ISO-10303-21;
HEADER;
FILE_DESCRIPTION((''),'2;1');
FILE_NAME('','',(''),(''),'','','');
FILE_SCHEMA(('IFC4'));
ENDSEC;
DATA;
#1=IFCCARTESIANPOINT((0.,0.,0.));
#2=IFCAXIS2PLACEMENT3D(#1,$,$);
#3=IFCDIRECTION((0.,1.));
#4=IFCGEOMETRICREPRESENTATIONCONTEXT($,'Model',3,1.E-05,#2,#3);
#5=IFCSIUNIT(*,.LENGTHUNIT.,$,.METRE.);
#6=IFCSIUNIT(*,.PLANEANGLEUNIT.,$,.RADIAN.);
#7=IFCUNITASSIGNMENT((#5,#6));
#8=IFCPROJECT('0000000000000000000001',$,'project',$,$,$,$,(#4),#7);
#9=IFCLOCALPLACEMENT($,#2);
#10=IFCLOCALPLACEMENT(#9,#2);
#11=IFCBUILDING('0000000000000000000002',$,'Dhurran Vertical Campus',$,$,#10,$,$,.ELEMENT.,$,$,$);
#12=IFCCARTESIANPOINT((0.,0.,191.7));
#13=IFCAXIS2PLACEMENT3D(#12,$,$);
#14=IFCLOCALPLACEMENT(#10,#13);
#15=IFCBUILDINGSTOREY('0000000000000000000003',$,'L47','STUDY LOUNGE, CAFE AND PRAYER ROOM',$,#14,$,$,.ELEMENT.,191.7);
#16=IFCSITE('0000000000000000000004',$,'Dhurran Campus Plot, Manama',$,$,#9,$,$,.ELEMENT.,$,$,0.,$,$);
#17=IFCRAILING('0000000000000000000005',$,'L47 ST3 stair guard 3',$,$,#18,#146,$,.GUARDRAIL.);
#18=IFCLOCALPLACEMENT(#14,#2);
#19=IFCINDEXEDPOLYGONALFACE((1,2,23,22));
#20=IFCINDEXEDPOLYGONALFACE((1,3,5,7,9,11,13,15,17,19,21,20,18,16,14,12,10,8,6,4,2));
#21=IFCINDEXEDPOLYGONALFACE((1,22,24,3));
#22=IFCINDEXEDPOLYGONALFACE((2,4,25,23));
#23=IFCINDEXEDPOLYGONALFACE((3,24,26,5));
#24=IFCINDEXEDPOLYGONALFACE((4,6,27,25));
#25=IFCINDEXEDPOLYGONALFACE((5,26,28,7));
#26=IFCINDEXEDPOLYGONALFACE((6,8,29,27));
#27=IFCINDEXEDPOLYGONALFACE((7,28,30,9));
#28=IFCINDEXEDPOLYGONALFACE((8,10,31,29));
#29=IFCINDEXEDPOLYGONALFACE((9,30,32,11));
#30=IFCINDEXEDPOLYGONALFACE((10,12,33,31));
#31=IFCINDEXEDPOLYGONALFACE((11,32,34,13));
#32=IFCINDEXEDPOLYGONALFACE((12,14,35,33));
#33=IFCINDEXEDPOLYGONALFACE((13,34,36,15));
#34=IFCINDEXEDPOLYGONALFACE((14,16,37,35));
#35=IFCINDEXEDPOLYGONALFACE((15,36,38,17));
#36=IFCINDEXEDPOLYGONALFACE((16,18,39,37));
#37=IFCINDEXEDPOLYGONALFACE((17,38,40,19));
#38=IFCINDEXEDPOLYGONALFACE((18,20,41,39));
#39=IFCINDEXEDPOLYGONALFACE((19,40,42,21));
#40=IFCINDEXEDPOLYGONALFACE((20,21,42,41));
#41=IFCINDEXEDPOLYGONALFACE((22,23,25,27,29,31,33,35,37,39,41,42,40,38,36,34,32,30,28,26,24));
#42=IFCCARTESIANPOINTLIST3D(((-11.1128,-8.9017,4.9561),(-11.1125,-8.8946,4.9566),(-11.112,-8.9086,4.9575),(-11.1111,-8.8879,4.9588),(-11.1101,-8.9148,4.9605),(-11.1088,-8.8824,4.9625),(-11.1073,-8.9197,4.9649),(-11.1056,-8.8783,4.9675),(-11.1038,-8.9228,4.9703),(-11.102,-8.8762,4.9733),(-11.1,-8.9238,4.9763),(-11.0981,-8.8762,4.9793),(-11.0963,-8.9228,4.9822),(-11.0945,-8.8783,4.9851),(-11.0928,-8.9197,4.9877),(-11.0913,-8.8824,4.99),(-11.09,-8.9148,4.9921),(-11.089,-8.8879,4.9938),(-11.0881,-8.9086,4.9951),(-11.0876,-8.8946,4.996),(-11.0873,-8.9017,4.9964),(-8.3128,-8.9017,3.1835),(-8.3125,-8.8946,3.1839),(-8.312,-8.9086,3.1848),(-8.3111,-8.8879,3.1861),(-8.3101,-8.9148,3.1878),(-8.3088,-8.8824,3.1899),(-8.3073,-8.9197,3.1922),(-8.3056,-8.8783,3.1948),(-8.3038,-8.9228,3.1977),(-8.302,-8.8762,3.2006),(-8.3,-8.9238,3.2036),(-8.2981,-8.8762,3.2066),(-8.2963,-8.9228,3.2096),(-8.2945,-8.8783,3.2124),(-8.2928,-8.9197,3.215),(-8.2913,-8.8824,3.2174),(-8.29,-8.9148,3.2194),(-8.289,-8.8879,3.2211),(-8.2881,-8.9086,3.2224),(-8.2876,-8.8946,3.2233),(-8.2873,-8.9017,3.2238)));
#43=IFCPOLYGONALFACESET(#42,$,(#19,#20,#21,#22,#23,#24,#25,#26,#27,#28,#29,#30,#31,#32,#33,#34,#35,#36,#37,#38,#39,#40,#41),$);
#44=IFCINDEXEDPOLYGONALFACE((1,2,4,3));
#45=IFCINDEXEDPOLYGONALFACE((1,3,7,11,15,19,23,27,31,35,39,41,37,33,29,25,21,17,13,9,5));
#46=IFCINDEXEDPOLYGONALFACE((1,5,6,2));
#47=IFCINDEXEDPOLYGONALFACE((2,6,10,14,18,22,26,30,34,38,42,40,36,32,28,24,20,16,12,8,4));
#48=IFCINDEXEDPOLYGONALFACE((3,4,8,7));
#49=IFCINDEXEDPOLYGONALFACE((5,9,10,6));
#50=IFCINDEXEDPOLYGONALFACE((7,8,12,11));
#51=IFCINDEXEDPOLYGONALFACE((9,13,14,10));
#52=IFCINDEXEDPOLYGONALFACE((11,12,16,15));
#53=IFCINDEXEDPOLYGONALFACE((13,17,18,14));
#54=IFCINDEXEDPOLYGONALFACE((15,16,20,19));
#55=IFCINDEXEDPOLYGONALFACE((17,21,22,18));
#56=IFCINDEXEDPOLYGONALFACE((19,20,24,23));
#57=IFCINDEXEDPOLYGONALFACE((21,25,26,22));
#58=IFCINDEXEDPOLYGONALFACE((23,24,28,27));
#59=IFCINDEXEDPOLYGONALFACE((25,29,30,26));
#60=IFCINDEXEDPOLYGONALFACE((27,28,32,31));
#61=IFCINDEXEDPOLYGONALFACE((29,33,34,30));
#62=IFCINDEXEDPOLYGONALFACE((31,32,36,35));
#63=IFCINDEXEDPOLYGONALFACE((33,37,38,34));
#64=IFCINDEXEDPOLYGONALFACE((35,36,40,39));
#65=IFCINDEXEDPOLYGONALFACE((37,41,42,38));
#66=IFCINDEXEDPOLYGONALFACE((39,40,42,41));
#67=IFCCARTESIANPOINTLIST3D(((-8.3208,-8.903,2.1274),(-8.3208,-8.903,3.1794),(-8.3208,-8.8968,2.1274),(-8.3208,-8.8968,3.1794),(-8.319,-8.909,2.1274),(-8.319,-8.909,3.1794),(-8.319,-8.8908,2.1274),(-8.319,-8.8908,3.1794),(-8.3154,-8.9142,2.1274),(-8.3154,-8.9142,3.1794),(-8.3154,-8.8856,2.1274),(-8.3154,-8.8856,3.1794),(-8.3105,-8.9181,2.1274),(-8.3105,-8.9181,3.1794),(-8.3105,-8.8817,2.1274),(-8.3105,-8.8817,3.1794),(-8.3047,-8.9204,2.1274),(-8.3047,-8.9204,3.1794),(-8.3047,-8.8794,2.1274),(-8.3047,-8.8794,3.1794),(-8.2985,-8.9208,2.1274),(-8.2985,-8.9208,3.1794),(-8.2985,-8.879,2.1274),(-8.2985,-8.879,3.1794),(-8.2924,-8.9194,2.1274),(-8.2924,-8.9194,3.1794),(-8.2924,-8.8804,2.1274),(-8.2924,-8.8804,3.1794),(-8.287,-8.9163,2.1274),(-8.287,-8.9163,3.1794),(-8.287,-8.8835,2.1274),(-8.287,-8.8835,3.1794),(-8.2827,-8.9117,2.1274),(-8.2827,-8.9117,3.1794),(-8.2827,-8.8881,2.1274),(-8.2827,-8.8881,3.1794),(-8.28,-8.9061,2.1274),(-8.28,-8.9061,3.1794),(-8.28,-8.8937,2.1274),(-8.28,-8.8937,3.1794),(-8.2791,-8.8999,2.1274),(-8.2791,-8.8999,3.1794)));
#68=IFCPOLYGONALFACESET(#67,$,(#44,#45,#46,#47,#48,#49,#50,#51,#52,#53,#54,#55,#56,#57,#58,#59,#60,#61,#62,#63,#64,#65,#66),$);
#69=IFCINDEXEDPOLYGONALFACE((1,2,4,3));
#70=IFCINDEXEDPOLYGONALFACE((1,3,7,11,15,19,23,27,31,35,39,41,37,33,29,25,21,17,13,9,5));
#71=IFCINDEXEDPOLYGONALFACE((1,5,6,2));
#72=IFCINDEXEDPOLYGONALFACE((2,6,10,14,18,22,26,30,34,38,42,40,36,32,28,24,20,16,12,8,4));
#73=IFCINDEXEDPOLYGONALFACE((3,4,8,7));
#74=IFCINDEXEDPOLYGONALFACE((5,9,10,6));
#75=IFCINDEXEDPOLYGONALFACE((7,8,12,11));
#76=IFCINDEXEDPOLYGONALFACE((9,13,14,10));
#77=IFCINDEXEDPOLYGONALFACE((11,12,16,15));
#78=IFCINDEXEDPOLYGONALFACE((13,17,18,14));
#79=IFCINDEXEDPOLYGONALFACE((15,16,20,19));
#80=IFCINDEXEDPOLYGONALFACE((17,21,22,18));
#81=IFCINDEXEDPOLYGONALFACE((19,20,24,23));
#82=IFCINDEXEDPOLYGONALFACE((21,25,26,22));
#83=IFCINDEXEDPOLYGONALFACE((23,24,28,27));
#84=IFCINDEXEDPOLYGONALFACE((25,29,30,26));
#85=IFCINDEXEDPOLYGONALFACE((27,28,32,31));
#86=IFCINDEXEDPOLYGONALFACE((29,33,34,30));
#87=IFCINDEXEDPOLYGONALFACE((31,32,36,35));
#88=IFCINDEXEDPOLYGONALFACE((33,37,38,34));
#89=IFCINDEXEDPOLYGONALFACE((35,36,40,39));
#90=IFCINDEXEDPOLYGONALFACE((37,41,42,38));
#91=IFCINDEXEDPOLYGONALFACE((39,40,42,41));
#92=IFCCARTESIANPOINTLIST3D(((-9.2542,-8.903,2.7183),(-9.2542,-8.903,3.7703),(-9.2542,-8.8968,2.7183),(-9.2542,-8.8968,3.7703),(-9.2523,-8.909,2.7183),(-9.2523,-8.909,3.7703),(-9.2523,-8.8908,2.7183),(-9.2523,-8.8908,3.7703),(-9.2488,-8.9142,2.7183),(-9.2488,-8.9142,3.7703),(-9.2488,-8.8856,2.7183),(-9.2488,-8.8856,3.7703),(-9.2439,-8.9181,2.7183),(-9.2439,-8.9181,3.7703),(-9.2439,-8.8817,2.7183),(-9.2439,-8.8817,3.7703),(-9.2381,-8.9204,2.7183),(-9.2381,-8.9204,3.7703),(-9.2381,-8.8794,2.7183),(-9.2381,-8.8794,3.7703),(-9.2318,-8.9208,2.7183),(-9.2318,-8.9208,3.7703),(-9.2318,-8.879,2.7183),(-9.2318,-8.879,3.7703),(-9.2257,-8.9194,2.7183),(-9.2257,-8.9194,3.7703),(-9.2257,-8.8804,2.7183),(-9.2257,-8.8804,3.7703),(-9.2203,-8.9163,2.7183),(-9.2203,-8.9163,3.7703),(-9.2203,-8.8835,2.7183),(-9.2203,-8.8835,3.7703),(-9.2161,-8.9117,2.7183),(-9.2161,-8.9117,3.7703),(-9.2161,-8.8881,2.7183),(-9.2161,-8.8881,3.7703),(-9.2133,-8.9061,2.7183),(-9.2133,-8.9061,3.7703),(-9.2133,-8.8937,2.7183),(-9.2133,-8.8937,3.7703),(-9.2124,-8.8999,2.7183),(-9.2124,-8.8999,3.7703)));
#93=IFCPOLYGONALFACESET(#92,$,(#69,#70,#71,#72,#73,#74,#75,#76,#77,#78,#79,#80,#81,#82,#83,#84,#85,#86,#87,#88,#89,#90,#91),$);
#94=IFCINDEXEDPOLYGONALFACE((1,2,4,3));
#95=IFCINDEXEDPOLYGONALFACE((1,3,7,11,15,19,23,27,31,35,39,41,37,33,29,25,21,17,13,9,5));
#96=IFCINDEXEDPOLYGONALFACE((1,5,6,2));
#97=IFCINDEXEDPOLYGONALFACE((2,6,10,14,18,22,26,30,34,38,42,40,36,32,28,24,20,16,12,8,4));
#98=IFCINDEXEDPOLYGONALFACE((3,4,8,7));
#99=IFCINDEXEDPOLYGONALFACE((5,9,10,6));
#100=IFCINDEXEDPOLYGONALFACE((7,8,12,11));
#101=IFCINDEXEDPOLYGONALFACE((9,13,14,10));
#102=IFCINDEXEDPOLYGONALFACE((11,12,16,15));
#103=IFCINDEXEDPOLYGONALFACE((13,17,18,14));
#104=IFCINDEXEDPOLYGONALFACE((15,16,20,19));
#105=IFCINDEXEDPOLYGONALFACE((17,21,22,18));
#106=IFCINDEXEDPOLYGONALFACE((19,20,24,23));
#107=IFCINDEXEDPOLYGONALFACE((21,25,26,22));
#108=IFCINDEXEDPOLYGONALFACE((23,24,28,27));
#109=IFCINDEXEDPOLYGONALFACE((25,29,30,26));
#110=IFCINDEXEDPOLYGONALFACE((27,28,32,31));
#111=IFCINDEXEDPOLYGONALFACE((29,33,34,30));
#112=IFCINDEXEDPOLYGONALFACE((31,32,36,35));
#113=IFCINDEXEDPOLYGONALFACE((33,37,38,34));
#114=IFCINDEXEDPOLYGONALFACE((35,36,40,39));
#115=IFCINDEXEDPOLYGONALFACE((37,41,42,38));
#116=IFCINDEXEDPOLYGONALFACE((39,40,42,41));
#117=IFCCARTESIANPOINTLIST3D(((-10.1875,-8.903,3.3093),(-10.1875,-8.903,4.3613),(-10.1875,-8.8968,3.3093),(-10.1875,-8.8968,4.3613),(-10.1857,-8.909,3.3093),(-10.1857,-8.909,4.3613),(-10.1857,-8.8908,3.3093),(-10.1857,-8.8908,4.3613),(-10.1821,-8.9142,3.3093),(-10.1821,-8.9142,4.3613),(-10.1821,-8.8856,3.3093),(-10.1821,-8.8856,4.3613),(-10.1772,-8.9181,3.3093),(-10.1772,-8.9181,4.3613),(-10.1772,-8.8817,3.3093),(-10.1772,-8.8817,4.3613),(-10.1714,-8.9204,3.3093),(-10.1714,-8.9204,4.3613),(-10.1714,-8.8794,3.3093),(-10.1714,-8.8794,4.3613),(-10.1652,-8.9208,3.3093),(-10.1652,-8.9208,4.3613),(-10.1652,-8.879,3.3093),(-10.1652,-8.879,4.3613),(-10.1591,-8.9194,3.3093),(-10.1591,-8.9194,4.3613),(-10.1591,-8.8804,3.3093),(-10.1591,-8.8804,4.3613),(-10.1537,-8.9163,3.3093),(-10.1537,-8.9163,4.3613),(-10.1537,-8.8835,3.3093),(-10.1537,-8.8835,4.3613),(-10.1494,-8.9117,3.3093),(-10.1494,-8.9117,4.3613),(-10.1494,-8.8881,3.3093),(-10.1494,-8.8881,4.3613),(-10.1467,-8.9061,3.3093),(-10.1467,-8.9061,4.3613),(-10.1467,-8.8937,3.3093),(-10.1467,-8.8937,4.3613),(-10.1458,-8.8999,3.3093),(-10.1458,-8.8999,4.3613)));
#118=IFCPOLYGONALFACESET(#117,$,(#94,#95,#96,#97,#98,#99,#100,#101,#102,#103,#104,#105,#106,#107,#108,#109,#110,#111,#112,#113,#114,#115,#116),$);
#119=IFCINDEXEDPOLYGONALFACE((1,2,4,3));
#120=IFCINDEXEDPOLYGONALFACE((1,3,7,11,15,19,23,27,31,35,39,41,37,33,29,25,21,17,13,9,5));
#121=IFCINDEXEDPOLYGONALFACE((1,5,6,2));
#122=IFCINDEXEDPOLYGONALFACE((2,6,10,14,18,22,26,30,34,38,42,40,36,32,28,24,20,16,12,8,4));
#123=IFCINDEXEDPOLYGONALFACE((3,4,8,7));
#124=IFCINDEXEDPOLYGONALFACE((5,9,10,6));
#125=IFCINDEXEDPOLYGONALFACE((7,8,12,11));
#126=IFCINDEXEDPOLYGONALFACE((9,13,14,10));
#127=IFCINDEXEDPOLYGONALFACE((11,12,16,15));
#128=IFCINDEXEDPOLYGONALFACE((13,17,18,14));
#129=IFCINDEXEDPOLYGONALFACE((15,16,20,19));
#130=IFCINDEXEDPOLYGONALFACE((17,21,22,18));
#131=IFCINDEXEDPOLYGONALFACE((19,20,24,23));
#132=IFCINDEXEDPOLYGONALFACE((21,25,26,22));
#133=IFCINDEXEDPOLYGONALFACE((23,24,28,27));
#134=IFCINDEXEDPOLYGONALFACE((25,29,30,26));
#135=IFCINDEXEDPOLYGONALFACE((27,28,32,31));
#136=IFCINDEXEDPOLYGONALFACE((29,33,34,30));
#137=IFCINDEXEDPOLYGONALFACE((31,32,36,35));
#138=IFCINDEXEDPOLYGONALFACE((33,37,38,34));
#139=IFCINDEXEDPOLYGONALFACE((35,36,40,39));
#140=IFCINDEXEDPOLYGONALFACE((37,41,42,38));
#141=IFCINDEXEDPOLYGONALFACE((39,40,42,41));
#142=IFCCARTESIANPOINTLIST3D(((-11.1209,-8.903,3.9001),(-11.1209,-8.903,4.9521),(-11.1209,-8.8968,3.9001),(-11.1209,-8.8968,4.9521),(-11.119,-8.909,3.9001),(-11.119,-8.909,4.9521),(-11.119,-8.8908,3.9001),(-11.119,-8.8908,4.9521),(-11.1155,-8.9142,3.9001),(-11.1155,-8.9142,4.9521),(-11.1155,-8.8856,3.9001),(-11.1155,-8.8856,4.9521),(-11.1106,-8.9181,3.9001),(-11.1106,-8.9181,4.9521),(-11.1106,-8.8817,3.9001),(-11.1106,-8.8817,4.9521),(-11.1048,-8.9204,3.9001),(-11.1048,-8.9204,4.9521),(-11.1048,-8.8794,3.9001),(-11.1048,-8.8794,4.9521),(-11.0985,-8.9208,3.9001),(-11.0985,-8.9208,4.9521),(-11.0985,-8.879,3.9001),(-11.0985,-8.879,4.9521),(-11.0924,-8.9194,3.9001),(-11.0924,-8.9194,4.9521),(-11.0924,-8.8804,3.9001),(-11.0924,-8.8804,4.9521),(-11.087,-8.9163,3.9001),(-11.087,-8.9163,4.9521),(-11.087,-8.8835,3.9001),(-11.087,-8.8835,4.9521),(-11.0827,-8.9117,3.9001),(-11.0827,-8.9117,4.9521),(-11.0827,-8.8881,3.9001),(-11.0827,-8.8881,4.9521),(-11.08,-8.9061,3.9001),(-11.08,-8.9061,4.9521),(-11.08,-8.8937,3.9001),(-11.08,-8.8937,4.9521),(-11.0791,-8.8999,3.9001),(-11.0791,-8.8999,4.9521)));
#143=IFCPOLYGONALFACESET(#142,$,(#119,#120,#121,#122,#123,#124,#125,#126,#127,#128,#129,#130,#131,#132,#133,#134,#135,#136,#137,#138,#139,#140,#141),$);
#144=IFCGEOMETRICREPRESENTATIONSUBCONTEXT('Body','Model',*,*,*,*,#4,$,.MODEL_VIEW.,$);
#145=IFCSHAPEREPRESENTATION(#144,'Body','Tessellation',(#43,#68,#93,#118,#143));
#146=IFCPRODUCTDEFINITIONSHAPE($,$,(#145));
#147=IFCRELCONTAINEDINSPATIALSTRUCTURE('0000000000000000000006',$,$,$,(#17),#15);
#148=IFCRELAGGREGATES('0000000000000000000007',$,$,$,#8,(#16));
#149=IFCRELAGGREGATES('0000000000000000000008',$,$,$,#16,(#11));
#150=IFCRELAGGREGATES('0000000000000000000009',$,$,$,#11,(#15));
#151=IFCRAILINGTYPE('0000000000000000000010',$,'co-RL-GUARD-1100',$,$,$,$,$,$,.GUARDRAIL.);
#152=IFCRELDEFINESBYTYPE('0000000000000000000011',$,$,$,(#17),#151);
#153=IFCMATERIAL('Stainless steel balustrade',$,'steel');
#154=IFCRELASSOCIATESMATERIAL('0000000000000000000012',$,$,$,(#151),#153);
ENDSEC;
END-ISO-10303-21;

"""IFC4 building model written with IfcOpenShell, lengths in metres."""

from ifc_helpers import new_model, si_unit, direction, frame, origin, origin_2d, place, context, subcontext, project, spatial, circle, extrude, material, type_object, element, save


model = new_model("IFC4")

# Units and contexts
model_context = context("Model", 3, precision=1e-05, world=origin(), true_north=direction((0.0, 1.0)))
body_context = subcontext(model_context, "Body", "Model", "MODEL_VIEW")
ifc_project = project(units=[si_unit("LENGTHUNIT", "METRE"), si_unit("PLANEANGLEUNIT", "RADIAN")], contexts=[model_context])

# Site, building, storey
site_placement = place(None, origin())
site = spatial("IfcSite", under=ifc_project, at=site_placement, Name="Dhurran Campus Plot, Manama", CompositionType="ELEMENT", RefElevation=0.0)
building_placement = place(site_placement, origin())
building = spatial("IfcBuilding", under=site, at=building_placement, Name="Dhurran Vertical Campus", CompositionType="ELEMENT")
storey_placement = place(building_placement, frame((0.0, 0.0, 191.7)))
storey = spatial("IfcBuildingStorey", under=building, at=storey_placement, Name="L47", Description="STUDY LOUNGE, CAFE AND PRAYER ROOM", CompositionType="ELEMENT", Elevation=191.7)

# Railing
ifc_material_1 = material(Name="Stainless steel balustrade", Category="steel")
railing_type_1 = type_object("IfcRailingType", Name="co-RL-GUARD-1100", PredefinedType="GUARDRAIL", material=ifc_material_1)
railing_1_placement = place(storey_placement, frame((-8.3, -8.8999, 2.1274)))
element("IfcRailing", 1, at=railing_1_placement, inside=storey, type_object=railing_type_1, Name="L47 ST3 stair guard 3", PredefinedType="GUARDRAIL", context=body_context, shape_type="SweptSolid", body=[
    extrude(circle(Radius=0.0239, at=origin_2d()), frame((0.0, 0.0, 1.0762), z_axis=(-0.844909, 0.0, 0.53491), x_axis=(0.0, -1.0, 0.0)), (0.0, 0.0, 1.0), 3.314),
    extrude(circle(Radius=0.021, at=origin_2d()), origin(), (0.0, 0.0, 1.0), 1.052),
    extrude(circle(Radius=0.021, at=origin_2d()), frame((-0.9333, 0.0, 0.5908)), (0.0, 0.0, 1.0), 1.052),
    extrude(circle(Radius=0.021, at=origin_2d()), frame((-1.8667, 0.0, 1.1819)), (0.0, 0.0, 1.0), 1.052),
    extrude(circle(Radius=0.021, at=origin_2d()), frame((-2.8, 0.0, 1.7727)), (0.0, 0.0, 1.0), 1.052),
])

save(model, "model.ifc")
